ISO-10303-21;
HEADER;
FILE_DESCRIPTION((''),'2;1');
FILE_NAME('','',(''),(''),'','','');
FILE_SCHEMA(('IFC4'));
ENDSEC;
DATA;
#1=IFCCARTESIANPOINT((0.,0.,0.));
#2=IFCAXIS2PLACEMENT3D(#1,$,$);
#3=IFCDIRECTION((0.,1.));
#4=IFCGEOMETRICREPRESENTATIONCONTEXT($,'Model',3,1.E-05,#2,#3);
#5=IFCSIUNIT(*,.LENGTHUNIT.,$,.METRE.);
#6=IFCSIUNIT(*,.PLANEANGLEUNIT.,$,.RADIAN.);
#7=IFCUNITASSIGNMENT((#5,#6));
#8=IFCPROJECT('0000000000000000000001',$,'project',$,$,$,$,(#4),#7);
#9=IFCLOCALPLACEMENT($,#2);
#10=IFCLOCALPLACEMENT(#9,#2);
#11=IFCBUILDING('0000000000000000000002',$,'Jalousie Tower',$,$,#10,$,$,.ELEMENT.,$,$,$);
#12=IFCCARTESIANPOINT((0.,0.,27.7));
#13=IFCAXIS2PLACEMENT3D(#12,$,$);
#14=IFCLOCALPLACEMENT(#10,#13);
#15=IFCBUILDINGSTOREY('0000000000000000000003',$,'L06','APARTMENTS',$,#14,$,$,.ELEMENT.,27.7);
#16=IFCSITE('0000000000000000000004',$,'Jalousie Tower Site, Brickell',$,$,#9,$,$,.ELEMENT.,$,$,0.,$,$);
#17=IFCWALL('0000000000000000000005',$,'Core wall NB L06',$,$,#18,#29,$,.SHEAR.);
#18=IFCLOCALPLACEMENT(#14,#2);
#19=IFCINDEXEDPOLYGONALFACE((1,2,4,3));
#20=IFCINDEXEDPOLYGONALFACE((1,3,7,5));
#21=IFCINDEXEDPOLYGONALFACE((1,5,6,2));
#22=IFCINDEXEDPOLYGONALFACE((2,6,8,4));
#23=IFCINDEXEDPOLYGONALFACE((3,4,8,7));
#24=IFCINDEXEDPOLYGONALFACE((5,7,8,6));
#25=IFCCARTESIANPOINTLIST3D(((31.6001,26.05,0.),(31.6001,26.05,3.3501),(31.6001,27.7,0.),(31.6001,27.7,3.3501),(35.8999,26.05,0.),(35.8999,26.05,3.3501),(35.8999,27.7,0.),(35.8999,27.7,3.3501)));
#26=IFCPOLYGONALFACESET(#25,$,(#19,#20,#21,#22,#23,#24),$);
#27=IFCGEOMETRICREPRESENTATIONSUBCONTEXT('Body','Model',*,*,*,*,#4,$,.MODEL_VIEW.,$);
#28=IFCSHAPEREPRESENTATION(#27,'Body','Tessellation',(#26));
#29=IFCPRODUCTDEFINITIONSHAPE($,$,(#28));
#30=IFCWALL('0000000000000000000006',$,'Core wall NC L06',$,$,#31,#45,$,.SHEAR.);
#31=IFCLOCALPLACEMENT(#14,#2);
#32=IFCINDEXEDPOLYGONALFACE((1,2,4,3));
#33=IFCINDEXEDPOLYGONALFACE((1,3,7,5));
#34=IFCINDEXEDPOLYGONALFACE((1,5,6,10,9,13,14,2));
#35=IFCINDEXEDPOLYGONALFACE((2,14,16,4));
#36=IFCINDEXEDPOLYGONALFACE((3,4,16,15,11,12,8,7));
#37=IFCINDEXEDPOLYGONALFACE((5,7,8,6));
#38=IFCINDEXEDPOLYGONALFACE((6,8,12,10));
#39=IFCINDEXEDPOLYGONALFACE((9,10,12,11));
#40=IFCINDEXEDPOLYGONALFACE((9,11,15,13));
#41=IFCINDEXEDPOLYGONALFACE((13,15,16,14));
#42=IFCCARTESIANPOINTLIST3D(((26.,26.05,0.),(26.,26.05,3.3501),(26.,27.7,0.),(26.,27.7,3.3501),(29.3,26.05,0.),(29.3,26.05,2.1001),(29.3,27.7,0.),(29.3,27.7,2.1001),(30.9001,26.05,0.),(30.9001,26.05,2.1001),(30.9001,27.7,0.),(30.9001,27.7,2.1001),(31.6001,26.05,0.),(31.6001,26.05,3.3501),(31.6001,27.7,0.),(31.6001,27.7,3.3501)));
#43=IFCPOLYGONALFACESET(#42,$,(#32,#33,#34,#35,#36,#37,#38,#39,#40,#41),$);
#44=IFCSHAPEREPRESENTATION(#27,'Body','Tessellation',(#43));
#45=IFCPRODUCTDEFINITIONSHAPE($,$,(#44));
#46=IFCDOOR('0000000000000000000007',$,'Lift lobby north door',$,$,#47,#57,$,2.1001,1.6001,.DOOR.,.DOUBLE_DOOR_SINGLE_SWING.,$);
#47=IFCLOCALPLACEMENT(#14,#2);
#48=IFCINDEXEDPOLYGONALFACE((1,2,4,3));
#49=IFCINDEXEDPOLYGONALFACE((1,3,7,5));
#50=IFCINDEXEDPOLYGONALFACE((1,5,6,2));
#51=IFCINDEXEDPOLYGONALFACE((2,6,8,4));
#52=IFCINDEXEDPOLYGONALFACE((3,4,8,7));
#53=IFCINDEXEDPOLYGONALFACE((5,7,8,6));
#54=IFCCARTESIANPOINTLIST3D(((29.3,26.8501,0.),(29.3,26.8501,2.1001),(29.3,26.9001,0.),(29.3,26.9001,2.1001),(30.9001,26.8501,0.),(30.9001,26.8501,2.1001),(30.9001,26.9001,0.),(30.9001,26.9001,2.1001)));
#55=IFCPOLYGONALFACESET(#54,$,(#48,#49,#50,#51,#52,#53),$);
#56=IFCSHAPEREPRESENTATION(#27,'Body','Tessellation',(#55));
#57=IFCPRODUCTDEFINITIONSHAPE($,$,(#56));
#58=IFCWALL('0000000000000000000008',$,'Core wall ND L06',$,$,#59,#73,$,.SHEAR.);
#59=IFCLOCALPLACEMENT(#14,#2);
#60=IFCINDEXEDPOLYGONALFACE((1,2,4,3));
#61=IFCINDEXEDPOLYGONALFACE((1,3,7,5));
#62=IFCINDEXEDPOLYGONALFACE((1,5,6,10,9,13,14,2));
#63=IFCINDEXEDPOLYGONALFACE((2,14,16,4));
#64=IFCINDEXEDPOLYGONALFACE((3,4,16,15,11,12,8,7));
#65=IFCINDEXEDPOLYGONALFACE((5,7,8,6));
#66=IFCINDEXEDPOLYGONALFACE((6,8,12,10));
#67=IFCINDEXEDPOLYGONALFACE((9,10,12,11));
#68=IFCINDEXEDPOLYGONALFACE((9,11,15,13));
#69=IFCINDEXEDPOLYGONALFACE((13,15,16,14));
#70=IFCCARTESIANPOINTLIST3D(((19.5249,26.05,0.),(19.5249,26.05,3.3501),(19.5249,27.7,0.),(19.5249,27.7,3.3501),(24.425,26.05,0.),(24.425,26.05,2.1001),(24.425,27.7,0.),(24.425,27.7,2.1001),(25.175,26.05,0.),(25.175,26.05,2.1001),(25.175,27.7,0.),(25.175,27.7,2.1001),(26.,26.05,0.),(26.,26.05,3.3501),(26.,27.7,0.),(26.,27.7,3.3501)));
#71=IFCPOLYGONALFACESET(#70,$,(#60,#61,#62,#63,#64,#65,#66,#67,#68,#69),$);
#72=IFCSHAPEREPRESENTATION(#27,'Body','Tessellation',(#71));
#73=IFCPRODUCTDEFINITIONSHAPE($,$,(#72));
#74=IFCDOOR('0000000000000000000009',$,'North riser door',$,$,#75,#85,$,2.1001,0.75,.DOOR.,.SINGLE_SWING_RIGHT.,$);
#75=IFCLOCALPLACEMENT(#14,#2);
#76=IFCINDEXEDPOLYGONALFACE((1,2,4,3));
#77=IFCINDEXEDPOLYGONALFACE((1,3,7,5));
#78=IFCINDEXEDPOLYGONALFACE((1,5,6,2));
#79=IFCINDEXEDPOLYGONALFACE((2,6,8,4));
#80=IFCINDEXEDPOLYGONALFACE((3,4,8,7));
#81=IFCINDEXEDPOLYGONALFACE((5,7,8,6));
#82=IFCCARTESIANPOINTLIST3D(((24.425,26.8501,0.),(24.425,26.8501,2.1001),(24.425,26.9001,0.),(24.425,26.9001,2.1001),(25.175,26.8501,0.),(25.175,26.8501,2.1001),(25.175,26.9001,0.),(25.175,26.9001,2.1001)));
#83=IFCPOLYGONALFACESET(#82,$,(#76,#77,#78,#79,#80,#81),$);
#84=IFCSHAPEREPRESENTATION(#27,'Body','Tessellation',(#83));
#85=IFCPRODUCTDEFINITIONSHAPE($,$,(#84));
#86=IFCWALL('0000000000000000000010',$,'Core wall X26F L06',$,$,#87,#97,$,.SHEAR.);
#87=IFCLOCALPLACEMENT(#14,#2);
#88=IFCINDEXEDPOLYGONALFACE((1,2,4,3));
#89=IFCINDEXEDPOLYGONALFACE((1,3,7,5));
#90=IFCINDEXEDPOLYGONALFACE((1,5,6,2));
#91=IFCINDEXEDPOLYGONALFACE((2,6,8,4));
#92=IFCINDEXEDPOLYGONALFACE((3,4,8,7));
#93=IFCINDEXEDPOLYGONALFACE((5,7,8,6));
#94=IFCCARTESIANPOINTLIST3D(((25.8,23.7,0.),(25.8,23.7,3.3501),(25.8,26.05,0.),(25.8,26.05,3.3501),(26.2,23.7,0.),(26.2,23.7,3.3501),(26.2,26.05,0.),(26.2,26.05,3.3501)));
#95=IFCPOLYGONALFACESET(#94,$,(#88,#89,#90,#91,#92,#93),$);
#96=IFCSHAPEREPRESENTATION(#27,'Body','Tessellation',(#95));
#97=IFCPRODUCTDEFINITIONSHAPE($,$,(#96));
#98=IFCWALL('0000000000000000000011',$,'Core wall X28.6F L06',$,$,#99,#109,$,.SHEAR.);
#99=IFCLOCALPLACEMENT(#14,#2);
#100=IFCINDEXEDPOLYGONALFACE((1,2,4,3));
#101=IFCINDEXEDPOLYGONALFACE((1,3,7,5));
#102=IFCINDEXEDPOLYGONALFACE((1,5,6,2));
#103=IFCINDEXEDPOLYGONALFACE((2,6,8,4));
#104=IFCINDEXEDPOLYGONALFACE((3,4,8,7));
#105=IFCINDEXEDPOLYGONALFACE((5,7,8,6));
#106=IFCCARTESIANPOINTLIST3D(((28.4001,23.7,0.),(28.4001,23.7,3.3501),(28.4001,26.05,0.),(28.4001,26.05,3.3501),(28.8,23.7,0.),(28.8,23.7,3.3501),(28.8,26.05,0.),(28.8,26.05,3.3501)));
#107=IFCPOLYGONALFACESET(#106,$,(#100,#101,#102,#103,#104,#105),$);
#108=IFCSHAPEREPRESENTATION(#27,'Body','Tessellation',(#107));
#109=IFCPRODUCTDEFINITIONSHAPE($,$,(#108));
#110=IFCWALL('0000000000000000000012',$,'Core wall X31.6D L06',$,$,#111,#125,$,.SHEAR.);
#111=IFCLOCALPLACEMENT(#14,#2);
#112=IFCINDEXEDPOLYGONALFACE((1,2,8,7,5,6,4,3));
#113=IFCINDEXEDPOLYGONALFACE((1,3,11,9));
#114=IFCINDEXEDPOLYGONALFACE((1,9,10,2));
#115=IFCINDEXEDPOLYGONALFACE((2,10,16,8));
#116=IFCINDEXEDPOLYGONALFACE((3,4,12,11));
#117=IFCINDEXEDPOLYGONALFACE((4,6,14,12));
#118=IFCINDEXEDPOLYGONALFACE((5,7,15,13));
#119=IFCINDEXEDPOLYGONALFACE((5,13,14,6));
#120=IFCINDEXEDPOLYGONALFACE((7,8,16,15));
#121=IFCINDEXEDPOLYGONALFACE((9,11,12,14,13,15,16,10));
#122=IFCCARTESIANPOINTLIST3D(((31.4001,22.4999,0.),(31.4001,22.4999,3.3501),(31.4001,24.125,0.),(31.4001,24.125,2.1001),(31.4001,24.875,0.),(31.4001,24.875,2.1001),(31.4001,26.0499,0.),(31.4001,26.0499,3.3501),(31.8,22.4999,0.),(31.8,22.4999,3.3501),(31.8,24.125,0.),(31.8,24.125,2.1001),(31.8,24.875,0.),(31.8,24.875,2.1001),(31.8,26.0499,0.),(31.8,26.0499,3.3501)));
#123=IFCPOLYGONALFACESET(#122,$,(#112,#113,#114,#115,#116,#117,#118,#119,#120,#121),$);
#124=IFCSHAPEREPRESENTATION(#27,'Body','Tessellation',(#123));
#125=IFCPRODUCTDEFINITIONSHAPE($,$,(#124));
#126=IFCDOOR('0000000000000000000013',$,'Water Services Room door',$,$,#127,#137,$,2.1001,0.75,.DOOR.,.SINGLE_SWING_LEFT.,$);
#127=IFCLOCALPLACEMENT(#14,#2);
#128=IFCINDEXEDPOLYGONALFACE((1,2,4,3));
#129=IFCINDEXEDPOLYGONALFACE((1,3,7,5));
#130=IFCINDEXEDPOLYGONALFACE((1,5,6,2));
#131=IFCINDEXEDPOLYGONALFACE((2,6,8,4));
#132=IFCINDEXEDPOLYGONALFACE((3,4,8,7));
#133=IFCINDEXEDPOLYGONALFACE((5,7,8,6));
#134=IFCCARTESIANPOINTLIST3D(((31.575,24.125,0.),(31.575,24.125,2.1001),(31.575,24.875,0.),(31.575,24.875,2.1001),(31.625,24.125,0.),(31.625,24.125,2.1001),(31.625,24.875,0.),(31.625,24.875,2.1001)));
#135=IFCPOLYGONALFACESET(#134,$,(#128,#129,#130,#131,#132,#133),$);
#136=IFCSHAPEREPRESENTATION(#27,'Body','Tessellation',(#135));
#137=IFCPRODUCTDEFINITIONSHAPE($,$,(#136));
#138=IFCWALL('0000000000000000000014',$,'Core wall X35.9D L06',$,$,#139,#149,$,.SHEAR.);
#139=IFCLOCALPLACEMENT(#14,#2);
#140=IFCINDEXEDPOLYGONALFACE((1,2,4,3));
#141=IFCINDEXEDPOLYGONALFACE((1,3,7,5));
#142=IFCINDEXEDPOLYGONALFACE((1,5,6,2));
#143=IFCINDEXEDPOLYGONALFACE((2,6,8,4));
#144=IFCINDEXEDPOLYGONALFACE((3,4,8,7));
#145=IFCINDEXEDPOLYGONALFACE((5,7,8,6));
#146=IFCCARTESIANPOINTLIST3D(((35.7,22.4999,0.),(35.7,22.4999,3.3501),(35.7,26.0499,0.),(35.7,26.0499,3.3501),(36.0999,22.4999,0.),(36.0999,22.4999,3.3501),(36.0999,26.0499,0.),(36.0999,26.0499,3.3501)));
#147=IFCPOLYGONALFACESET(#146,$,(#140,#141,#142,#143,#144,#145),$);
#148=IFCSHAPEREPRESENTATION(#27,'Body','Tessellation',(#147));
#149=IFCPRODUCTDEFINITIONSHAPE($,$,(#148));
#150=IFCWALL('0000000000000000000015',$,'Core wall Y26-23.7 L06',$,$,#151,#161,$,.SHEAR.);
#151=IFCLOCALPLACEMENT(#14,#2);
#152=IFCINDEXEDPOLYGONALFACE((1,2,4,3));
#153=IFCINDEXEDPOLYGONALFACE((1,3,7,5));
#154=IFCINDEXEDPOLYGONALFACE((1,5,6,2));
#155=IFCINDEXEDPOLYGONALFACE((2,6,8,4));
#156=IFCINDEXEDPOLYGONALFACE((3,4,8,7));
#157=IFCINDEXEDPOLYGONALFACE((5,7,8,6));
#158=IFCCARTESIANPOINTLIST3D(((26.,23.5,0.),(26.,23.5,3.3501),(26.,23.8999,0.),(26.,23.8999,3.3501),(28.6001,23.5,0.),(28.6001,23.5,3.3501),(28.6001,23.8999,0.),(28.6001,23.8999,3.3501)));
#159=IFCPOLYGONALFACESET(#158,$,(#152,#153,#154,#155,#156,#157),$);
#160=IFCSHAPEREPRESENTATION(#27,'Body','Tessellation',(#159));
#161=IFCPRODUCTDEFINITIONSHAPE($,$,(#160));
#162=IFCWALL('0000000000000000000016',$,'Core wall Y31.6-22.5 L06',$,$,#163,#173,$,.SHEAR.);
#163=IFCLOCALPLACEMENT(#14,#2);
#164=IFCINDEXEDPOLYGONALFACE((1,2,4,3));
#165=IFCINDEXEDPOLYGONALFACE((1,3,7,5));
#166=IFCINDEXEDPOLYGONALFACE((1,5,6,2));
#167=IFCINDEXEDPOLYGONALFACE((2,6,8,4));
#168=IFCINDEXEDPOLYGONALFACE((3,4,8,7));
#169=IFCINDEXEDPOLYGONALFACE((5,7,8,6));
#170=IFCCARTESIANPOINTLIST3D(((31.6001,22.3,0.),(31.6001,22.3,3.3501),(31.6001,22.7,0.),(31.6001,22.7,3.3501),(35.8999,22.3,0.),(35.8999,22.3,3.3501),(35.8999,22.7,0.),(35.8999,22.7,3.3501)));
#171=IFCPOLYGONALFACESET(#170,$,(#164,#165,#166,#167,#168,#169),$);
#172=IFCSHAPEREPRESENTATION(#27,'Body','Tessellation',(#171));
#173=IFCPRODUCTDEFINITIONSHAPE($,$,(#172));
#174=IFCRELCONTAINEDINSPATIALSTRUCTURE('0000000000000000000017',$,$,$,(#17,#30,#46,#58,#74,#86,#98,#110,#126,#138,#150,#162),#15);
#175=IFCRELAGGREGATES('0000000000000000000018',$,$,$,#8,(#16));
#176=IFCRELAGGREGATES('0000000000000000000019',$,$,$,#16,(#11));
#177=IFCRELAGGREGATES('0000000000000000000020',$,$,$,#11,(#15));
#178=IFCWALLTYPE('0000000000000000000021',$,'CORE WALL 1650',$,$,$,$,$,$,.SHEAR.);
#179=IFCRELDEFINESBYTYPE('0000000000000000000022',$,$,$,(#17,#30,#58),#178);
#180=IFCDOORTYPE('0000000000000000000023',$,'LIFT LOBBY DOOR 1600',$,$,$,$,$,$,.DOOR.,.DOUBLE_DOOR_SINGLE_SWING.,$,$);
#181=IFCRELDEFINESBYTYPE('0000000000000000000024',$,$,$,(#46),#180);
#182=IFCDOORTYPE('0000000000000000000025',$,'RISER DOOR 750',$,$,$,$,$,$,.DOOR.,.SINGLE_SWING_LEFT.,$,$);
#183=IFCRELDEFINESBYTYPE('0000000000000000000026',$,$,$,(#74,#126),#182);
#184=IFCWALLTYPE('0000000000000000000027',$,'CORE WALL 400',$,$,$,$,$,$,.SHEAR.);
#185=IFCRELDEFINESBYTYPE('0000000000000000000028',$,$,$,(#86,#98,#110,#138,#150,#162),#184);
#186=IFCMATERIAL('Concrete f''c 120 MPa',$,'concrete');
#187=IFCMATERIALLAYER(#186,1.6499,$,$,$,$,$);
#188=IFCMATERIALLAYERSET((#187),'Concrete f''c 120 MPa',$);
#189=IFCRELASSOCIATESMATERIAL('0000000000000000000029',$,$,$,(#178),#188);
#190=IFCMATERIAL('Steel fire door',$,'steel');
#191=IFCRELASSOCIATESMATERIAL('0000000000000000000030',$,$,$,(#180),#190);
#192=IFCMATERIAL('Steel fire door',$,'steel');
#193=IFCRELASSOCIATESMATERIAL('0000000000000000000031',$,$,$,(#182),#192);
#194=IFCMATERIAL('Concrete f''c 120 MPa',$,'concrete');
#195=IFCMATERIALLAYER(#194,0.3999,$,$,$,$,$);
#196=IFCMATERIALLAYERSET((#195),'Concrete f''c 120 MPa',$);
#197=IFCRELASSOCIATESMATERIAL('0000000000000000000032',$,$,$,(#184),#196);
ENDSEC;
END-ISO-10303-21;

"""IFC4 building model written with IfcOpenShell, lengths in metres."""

from ifc_helpers import new_model, si_unit, direction, frame, frame_2d, origin, place, context, subcontext, project, spatial, rectangle, extrude, material, layer, layer_set, type_object, element, fill, save


model = new_model("IFC4")

# Units and contexts
model_context = context("Model", 3, precision=1e-05, world=origin(), true_north=direction((0.0, 1.0)))
body_context = subcontext(model_context, "Body", "Model", "MODEL_VIEW")
ifc_project = project(units=[si_unit("LENGTHUNIT", "METRE"), si_unit("PLANEANGLEUNIT", "RADIAN")], contexts=[model_context])

# Site, building, storey
site_placement = place(None, origin())
site = spatial("IfcSite", under=ifc_project, at=site_placement, Name="Jalousie Tower Site, Brickell", CompositionType="ELEMENT", RefElevation=0.0)
building_placement = place(site_placement, origin())
building = spatial("IfcBuilding", under=site, at=building_placement, Name="Jalousie Tower", CompositionType="ELEMENT")
storey_placement = place(building_placement, frame((0.0, 0.0, 27.7)))
storey = spatial("IfcBuildingStorey", under=building, at=storey_placement, Name="L06", Description="APARTMENTS", CompositionType="ELEMENT", Elevation=27.7)

# Wall
ifc_material_1 = material(Name="Concrete f'c 120 MPa", Category="concrete")
ifc_layer_1 = layer(ifc_material_1, 1.6499)
ifc_layer_set_1 = layer_set([ifc_layer_1], Name="Concrete f'c 120 MPa")
wall_type_1 = type_object("IfcWallType", Name="CORE WALL 1650", PredefinedType="SHEAR", material=ifc_layer_set_1)
wall_1_placement = place(storey_placement, frame((35.8999, 26.875, 0.0), z_axis=(0.0, 0.0, 1.0), x_axis=(-1.0, 0.0, 0.0)))
element("IfcWall", 1, at=wall_1_placement, inside=storey, type_object=wall_type_1, Name="Core wall NB L06", PredefinedType="SHEAR", context=body_context, shape_type="SweptSolid", body=[
    extrude(rectangle(XDim=4.2998, YDim=1.6499, at=frame_2d((2.1499, 0.0))), origin(), (0.0, 0.0, 1.0), 3.3501),
])

# Walls, openings, doors
wall_2_placement = place(storey_placement, frame((31.6001, 26.875, 0.0), z_axis=(0.0, 0.0, 1.0), x_axis=(-1.0, 0.0, 0.0)))
wall_2 = element("IfcWall", 2, at=wall_2_placement, inside=storey, type_object=wall_type_1, Name="Core wall NC L06", PredefinedType="SHEAR", context=body_context, shape_type="SweptSolid", body=[
    extrude(rectangle(XDim=5.6001, YDim=1.6499, at=frame_2d((2.8, 0.0))), origin(), (0.0, 0.0, 1.0), 3.3501),
])
opening_1_placement = place(wall_2_placement, frame((0.7, 0.0, 0.0)))
opening_1 = element("IfcOpeningElement", 3, at=opening_1_placement, cuts=wall_2, PredefinedType="OPENING", context=body_context, shape_type="SweptSolid", body=[
    extrude(rectangle(XDim=1.6001, YDim=2.1001, at=frame_2d((0.8, 1.05))), frame((0.0, 0.835, 0.0), z_axis=(0.0, -1.0, 0.0), x_axis=(1.0, 0.0, 0.0)), (0.0, 0.0, 1.0), 1.6699),
])
ifc_material_2 = material(Name="Steel fire door", Category="steel")
door_type_1 = type_object("IfcDoorType", Name="LIFT LOBBY DOOR 1600", OperationType="DOUBLE_DOOR_SINGLE_SWING", PredefinedType="DOOR", material=ifc_material_2)
door_1_placement = place(opening_1_placement, origin())
door_1 = element("IfcDoor", 4, at=door_1_placement, inside=storey, type_object=door_type_1, Name="Lift lobby north door", OperationType="DOUBLE_DOOR_SINGLE_SWING", OverallHeight=2.1001, OverallWidth=1.6001, PredefinedType="DOOR", context=body_context, shape_type="SweptSolid", body=[
    extrude(rectangle(XDim=1.6001, YDim=2.1001, at=frame_2d((0.8, 1.05))), frame((0.0, 0.0249, 0.0), z_axis=(0.0, -1.0, 0.0), x_axis=(1.0, 0.0, 0.0)), (0.0, 0.0, 1.0), 0.05),
])
fill(opening_1, door_1)
wall_3_placement = place(storey_placement, frame((26.0, 26.875, 0.0), z_axis=(0.0, 0.0, 1.0), x_axis=(-1.0, 0.0, 0.0)))
wall_3 = element("IfcWall", 5, at=wall_3_placement, inside=storey, type_object=wall_type_1, Name="Core wall ND L06", PredefinedType="SHEAR", context=body_context, shape_type="SweptSolid", body=[
    extrude(rectangle(XDim=6.4751, YDim=1.6499, at=frame_2d((3.2375, 0.0))), origin(), (0.0, 0.0, 1.0), 3.3501),
])
opening_2_placement = place(wall_3_placement, frame((0.825, 0.0, 0.0)))
opening_2 = element("IfcOpeningElement", 6, at=opening_2_placement, cuts=wall_3, PredefinedType="OPENING", context=body_context, shape_type="SweptSolid", body=[
    extrude(rectangle(XDim=0.75, YDim=2.1001, at=frame_2d((0.375, 1.05))), frame((0.0, 0.835, 0.0), z_axis=(0.0, -1.0, 0.0), x_axis=(1.0, 0.0, 0.0)), (0.0, 0.0, 1.0), 1.6699),
])
ifc_material_3 = material(Name="Steel fire door", Category="steel")
door_type_2 = type_object("IfcDoorType", Name="RISER DOOR 750", OperationType="SINGLE_SWING_LEFT", PredefinedType="DOOR", material=ifc_material_3)
door_2_placement = place(opening_2_placement, origin())
door_2 = element("IfcDoor", 7, at=door_2_placement, inside=storey, type_object=door_type_2, Name="North riser door", OperationType="SINGLE_SWING_RIGHT", OverallHeight=2.1001, OverallWidth=0.75, PredefinedType="DOOR", context=body_context, shape_type="SweptSolid", body=[
    extrude(rectangle(XDim=0.75, YDim=2.1001, at=frame_2d((0.375, 1.05))), frame((0.0, 0.0249, 0.0), z_axis=(0.0, -1.0, 0.0), x_axis=(1.0, 0.0, 0.0)), (0.0, 0.0, 1.0), 0.05),
])
fill(opening_2, door_2)

# Walls
ifc_material_4 = material(Name="Concrete f'c 120 MPa", Category="concrete")
ifc_layer_2 = layer(ifc_material_4, 0.3999)
ifc_layer_set_2 = layer_set([ifc_layer_2], Name="Concrete f'c 120 MPa")
wall_type_2 = type_object("IfcWallType", Name="CORE WALL 400", PredefinedType="SHEAR", material=ifc_layer_set_2)
for number, where, z_axis, x_axis, name in (
    (8, (26.0, 23.7, 0.0), (0.0, 0.0, 1.0), (0.0, 1.0, 0.0), "Core wall X26F L06"),
    (9, (28.6001, 23.7, 0.0), (0.0, 0.0, 1.0), (0.0, 1.0, 0.0), "Core wall X28.6F L06"),
):
    element("IfcWall", number, at=place(storey_placement, frame(where, z_axis=z_axis, x_axis=x_axis)), inside=storey, type_object=wall_type_2, Name=name, PredefinedType="SHEAR", context=body_context, shape_type="SweptSolid", body=[
        extrude(rectangle(XDim=2.3501, YDim=0.3999, at=frame_2d((1.175, 0.0))), origin(), (0.0, 0.0, 1.0), 3.3501),
    ])

# Wall, opening, door
wall_4_placement = place(storey_placement, frame((31.6001, 22.5, 0.0), z_axis=(0.0, 0.0, 1.0), x_axis=(0.0, 1.0, 0.0)))
wall_4 = element("IfcWall", 10, at=wall_4_placement, inside=storey, type_object=wall_type_2, Name="Core wall X31.6D L06", PredefinedType="SHEAR", context=body_context, shape_type="SweptSolid", body=[
    extrude(rectangle(XDim=3.55, YDim=0.3999, at=frame_2d((1.7749, 0.0))), origin(), (0.0, 0.0, 1.0), 3.3501),
])
opening_3_placement = place(wall_4_placement, frame((1.625, 0.0, 0.0)))
opening_3 = element("IfcOpeningElement", 11, at=opening_3_placement, cuts=wall_4, PredefinedType="OPENING", context=body_context, shape_type="SweptSolid", body=[
    extrude(rectangle(XDim=0.75, YDim=2.1001, at=frame_2d((0.375, 1.05))), frame((0.0, 0.21, 0.0), z_axis=(0.0, -1.0, 0.0), x_axis=(1.0, 0.0, 0.0)), (0.0, 0.0, 1.0), 0.4199),
])
door_3_placement = place(opening_3_placement, frame((0.75, 0.0, 0.0), z_axis=(0.0, 0.0, 1.0), x_axis=(-1.0, 0.0, 0.0)))
door_3 = element("IfcDoor", 12, at=door_3_placement, inside=storey, type_object=door_type_2, Name="Water Services Room door", OperationType="SINGLE_SWING_LEFT", OverallHeight=2.1001, OverallWidth=0.75, PredefinedType="DOOR", context=body_context, shape_type="SweptSolid", body=[
    extrude(rectangle(XDim=0.75, YDim=2.1001, at=frame_2d((0.375, 1.05))), frame((0.0, 0.0249, 0.0), z_axis=(0.0, -1.0, 0.0), x_axis=(1.0, 0.0, 0.0)), (0.0, 0.0, 1.0), 0.05),
])
fill(opening_3, door_3)

# Walls
wall_5_placement = place(storey_placement, frame((35.8999, 22.5, 0.0), z_axis=(0.0, 0.0, 1.0), x_axis=(0.0, 1.0, 0.0)))
element("IfcWall", 13, at=wall_5_placement, inside=storey, type_object=wall_type_2, Name="Core wall X35.9D L06", PredefinedType="SHEAR", context=body_context, shape_type="SweptSolid", body=[
    extrude(rectangle(XDim=3.55, YDim=0.3999, at=frame_2d((1.7749, 0.0))), origin(), (0.0, 0.0, 1.0), 3.3501),
])
wall_6_placement = place(storey_placement, frame((26.0, 23.7, 0.0), z_axis=(0.0, 0.0, 1.0), x_axis=(1.0, 0.0, 0.0)))
element("IfcWall", 14, at=wall_6_placement, inside=storey, type_object=wall_type_2, Name="Core wall Y26-23.7 L06", PredefinedType="SHEAR", context=body_context, shape_type="SweptSolid", body=[
    extrude(rectangle(XDim=2.6001, YDim=0.3999, at=frame_2d((1.3, 0.0))), origin(), (0.0, 0.0, 1.0), 3.3501),
])
wall_7_placement = place(storey_placement, frame((31.6001, 22.5, 0.0), z_axis=(0.0, 0.0, 1.0), x_axis=(1.0, 0.0, 0.0)))
element("IfcWall", 15, at=wall_7_placement, inside=storey, type_object=wall_type_2, Name="Core wall Y31.6-22.5 L06", PredefinedType="SHEAR", context=body_context, shape_type="SweptSolid", body=[
    extrude(rectangle(XDim=4.2998, YDim=0.3999, at=frame_2d((2.1499, 0.0))), origin(), (0.0, 0.0, 1.0), 3.3501),
])

save(model, "model.ifc")
